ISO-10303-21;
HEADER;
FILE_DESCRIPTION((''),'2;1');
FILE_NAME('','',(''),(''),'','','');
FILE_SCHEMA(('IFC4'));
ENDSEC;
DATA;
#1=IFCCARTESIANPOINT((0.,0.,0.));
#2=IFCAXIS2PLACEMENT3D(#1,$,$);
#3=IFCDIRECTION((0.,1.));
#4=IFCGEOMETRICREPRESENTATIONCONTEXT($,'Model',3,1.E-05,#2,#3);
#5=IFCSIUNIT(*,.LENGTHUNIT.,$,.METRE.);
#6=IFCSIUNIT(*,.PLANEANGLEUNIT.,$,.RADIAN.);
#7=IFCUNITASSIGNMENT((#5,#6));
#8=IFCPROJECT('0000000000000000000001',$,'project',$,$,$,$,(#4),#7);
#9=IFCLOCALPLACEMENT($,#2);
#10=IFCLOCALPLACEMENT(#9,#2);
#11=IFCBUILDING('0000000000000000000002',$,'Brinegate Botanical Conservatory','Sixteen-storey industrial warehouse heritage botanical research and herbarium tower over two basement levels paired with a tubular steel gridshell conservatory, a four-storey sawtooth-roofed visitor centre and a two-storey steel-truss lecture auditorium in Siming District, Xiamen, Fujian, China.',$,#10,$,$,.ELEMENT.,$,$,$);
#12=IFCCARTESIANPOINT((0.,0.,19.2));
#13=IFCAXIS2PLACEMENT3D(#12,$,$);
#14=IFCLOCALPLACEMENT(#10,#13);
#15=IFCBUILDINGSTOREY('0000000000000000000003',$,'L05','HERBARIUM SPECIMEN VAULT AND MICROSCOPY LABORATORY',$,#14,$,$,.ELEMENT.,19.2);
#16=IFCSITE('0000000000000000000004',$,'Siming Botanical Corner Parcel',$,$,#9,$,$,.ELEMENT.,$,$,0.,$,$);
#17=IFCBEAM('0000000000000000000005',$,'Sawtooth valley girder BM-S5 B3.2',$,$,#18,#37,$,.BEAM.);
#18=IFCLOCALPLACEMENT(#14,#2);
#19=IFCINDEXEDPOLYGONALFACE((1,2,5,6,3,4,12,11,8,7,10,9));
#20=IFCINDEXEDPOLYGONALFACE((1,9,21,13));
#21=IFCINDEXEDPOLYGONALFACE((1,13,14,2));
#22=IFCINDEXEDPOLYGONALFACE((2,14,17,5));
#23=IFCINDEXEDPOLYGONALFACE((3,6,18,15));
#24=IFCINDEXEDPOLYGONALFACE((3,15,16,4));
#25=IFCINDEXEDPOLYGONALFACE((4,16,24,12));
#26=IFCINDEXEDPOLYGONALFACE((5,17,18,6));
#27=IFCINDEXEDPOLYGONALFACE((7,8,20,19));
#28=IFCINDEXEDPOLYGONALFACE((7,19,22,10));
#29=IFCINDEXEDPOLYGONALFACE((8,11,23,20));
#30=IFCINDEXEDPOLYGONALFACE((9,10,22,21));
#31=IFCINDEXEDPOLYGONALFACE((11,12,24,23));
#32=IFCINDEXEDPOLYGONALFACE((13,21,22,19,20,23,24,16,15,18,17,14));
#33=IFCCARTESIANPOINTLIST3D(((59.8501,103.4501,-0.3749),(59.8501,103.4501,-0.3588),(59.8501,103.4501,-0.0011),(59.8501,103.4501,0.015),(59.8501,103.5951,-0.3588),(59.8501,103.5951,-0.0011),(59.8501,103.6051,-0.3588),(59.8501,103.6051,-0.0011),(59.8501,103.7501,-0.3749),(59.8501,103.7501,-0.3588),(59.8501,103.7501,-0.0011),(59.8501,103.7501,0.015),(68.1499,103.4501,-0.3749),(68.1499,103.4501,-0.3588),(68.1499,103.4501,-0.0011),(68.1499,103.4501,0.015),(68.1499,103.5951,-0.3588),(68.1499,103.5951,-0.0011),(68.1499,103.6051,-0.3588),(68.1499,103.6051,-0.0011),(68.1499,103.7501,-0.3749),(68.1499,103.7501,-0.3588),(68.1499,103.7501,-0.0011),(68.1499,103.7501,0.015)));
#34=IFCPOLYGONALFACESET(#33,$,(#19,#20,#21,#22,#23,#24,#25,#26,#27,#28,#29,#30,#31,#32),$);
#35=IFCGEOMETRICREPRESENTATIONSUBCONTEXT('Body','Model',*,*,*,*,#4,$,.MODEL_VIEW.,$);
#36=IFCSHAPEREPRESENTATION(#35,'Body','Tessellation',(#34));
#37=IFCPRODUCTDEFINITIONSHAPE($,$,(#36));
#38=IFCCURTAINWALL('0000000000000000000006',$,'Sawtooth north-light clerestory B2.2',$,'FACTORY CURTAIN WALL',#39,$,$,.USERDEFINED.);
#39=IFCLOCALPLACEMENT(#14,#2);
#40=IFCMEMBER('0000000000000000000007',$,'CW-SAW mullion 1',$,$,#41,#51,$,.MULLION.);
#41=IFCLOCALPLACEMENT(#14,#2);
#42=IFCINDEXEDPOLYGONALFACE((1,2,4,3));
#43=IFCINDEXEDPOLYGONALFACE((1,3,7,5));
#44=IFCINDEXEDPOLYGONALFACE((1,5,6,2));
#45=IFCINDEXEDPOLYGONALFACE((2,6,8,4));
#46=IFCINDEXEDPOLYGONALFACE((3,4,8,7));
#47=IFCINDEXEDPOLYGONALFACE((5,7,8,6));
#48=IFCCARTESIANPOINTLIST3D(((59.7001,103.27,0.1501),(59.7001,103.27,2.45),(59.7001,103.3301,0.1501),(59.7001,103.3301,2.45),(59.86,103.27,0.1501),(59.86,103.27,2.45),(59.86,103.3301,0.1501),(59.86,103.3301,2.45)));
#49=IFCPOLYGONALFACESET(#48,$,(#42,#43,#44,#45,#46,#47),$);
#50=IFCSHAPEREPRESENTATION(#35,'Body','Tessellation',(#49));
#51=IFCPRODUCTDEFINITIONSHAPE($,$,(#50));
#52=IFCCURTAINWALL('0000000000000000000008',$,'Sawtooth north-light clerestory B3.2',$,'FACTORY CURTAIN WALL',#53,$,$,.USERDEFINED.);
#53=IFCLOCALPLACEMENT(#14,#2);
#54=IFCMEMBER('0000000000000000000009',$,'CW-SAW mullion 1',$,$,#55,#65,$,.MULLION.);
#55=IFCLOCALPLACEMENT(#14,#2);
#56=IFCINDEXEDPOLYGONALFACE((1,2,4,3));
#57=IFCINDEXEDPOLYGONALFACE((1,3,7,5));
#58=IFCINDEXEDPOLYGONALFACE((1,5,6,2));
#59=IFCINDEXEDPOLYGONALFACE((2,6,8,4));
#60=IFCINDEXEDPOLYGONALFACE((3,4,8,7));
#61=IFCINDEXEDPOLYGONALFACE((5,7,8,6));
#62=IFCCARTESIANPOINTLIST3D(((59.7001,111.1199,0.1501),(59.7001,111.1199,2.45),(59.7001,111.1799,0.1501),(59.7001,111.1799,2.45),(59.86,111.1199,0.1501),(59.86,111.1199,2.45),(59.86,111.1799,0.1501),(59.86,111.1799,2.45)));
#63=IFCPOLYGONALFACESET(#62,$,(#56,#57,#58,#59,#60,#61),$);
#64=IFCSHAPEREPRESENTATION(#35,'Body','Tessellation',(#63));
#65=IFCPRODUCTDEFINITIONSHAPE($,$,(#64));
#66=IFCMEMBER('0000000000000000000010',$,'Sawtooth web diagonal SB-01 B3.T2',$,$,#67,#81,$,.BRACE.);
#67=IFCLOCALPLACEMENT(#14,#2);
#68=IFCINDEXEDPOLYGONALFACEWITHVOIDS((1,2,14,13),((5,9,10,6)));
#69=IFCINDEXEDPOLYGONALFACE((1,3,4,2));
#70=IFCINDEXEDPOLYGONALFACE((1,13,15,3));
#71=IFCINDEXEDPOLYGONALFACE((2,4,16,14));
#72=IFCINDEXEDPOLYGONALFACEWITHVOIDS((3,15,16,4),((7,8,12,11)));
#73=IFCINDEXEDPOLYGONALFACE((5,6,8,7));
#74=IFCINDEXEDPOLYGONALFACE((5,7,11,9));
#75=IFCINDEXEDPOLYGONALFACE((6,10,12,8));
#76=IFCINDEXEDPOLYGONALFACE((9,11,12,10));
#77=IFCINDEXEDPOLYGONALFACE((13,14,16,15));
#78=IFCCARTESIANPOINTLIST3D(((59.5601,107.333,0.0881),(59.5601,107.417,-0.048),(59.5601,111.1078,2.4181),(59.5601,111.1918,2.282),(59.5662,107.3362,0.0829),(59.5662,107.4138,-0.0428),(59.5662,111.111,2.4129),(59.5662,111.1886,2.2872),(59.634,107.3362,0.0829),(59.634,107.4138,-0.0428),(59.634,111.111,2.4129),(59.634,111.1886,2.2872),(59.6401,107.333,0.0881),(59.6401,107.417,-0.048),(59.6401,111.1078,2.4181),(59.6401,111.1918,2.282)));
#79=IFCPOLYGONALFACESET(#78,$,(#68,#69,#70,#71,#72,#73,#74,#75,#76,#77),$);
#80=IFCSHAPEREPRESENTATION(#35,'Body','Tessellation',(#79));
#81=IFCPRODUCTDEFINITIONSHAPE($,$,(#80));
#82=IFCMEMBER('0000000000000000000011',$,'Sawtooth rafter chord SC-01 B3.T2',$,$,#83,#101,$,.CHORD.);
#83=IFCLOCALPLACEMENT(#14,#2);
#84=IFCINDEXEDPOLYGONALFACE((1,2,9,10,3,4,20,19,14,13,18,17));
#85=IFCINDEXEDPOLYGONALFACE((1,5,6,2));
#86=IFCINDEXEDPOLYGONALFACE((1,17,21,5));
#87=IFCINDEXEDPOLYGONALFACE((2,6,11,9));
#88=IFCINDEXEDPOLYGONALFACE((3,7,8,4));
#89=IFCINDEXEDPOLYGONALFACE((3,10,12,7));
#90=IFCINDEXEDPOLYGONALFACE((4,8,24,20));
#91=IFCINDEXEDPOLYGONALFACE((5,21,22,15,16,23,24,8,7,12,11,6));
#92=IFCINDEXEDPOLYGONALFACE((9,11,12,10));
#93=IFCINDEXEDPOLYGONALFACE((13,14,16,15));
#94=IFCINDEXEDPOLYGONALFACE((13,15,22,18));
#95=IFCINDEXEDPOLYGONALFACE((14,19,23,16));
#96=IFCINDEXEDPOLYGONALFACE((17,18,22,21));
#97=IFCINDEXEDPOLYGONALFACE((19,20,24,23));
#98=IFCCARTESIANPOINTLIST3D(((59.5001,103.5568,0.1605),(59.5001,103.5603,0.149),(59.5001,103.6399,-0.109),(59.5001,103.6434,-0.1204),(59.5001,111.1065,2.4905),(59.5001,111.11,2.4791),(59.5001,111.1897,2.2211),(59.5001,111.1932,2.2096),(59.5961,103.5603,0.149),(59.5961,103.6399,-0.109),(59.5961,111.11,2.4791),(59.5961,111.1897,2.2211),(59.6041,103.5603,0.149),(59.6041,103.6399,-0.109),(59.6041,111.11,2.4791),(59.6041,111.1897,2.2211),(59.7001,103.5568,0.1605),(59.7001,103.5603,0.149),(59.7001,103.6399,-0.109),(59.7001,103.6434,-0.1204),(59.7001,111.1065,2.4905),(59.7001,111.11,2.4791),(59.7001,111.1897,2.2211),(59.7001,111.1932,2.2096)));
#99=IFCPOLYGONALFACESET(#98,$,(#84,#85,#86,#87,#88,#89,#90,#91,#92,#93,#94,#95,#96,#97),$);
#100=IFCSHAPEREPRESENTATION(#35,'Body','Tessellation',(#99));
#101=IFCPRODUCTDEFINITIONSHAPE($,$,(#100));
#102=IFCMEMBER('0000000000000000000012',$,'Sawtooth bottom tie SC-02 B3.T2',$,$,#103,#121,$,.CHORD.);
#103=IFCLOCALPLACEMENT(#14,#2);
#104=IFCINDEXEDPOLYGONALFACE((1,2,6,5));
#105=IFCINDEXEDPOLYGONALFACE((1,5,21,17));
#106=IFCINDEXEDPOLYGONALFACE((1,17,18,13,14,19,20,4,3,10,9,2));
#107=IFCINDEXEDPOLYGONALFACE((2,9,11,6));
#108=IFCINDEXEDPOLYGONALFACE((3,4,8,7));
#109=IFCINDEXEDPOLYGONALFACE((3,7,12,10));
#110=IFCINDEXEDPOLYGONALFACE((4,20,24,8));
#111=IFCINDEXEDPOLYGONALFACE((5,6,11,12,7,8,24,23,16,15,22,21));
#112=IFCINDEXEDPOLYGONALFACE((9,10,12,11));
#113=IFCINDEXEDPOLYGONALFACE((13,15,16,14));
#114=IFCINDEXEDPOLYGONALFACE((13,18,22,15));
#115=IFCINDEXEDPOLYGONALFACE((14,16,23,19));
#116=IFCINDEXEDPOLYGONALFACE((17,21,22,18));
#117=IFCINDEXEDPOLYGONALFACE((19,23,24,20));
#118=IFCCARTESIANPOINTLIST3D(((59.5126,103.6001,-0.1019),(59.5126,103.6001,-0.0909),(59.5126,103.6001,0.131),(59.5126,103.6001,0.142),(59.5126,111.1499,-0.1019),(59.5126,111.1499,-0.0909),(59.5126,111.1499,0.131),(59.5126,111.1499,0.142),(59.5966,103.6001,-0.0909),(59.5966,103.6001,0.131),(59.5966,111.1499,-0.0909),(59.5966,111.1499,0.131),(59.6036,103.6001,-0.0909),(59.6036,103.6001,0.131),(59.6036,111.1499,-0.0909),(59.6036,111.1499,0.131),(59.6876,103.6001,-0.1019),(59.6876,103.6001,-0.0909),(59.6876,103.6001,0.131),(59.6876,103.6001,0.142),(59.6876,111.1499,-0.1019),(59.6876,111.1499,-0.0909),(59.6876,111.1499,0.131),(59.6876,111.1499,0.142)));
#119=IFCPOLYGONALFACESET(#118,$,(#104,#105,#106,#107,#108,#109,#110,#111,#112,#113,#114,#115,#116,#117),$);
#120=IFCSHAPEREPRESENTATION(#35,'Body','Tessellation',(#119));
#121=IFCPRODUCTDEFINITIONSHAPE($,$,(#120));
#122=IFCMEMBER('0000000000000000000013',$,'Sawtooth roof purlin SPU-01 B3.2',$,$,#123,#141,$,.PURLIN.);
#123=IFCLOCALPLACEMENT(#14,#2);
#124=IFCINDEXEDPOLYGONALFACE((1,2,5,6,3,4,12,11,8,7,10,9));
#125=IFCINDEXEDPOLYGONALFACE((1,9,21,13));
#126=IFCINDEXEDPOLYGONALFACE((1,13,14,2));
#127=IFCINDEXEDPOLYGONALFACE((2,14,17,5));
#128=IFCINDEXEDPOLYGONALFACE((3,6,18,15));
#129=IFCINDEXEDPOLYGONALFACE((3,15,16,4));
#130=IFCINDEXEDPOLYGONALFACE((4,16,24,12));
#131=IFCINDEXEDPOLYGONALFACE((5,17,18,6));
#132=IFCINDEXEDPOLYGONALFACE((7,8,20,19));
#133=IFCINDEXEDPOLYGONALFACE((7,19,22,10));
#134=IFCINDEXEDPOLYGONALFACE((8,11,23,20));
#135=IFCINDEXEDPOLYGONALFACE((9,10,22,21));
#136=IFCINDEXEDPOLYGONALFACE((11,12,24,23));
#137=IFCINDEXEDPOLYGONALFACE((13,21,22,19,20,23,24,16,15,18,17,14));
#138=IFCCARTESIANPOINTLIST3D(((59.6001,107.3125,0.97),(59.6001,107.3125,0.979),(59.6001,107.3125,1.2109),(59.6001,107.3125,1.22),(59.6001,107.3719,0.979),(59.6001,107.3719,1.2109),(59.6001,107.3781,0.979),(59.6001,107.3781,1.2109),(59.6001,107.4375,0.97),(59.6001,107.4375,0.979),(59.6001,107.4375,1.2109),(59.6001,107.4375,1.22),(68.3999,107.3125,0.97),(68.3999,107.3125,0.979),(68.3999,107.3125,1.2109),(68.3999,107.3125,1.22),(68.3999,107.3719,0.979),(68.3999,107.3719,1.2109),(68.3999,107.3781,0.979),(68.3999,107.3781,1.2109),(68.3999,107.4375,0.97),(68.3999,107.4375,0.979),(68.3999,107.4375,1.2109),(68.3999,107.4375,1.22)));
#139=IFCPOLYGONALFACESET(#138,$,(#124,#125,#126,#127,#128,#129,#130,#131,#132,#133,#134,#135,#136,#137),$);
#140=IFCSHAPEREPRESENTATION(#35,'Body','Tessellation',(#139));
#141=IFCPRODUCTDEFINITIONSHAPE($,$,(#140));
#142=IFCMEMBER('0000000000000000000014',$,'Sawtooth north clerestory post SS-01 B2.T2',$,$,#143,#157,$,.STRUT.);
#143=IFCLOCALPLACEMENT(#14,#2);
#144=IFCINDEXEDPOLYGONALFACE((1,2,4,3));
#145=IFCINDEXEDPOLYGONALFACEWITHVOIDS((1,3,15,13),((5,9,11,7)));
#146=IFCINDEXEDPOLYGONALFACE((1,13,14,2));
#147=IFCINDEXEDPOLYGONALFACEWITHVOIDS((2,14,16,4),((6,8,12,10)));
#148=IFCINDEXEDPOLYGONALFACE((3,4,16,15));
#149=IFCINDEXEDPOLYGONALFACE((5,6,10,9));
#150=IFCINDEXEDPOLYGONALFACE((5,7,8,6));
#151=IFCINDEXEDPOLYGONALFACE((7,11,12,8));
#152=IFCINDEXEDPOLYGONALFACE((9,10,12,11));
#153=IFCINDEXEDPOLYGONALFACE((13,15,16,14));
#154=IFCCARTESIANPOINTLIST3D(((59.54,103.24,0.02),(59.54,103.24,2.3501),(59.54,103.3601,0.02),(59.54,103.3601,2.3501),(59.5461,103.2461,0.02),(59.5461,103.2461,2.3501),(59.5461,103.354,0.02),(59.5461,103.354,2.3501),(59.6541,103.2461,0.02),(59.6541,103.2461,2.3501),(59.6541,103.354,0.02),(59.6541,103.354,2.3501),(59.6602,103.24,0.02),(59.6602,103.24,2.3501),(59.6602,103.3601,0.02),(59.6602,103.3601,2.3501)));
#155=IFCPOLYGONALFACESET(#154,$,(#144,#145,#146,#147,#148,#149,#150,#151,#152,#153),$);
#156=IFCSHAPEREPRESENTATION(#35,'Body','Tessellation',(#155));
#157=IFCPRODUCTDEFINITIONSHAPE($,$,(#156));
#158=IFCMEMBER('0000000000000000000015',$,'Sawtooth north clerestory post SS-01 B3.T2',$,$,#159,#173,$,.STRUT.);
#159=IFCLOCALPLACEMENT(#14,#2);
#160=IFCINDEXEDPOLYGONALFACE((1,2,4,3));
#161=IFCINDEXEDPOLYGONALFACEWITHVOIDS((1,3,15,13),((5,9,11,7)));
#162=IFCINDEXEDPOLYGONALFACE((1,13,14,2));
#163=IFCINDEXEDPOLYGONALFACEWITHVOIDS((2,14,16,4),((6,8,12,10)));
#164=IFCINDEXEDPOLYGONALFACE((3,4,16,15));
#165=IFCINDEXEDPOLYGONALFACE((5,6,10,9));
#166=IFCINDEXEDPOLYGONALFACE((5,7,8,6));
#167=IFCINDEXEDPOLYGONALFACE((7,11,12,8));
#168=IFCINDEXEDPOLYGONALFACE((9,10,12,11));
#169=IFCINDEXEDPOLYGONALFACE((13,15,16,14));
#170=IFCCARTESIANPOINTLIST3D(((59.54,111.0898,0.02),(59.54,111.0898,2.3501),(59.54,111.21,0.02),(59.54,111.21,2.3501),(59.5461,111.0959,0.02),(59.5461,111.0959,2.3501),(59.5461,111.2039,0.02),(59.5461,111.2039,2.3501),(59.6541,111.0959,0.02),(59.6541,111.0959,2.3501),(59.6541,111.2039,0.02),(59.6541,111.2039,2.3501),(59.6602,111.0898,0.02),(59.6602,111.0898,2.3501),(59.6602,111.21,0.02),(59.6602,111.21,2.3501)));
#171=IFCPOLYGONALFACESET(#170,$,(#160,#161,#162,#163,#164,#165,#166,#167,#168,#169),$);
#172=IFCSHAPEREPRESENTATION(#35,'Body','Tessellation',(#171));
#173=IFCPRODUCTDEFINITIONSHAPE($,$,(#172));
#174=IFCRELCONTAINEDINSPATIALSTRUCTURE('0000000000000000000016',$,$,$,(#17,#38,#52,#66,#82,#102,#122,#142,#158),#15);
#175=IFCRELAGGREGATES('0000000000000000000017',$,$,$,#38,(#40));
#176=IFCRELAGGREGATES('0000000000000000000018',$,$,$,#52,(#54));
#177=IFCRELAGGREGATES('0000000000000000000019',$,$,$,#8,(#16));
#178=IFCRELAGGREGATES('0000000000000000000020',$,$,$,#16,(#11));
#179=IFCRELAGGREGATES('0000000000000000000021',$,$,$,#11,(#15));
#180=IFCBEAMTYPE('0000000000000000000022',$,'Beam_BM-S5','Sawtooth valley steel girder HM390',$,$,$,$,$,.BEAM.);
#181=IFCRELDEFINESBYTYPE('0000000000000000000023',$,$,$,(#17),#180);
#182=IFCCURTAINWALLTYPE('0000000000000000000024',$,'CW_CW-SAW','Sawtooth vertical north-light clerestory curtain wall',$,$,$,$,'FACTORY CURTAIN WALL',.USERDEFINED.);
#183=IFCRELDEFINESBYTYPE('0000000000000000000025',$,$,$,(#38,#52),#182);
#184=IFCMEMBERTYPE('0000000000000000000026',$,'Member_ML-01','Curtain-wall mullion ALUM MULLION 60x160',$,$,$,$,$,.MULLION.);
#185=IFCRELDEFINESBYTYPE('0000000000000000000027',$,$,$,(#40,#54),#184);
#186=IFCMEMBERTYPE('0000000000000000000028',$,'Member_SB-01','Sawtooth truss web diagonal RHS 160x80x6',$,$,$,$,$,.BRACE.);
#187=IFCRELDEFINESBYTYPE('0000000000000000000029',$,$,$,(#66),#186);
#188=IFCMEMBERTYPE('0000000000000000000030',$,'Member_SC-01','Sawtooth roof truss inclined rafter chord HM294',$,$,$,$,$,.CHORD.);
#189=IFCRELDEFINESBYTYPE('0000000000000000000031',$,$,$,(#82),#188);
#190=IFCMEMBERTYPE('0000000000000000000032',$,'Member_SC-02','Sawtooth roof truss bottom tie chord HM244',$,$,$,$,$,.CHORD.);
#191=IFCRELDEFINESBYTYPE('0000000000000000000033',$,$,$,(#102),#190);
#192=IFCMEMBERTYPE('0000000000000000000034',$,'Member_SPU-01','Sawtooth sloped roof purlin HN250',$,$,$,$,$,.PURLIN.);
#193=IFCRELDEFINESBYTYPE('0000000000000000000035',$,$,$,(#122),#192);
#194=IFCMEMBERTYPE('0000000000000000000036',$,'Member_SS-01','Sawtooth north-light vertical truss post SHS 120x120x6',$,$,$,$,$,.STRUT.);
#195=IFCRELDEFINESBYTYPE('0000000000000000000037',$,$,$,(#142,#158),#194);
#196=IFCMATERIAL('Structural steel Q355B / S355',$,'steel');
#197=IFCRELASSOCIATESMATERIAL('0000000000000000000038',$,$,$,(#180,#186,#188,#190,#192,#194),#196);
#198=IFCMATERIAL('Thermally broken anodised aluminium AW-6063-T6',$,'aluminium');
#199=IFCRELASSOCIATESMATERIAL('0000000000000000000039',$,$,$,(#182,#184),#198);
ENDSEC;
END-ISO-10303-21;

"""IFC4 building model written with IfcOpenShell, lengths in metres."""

from ifc_helpers import new_model, si_unit, direction, frame, origin, origin_2d, place, context, subcontext, project, spatial, rectangle, hollow_rectangle, i_section, extrude, material, material_profile, profile_set, type_object, element, aggregate, save


model = new_model("IFC4")

# Units and contexts
model_context = context("Model", 3, precision=1e-05, world=origin(), true_north=direction((0.0, 1.0)))
body_context = subcontext(model_context, "Body", "Model", "MODEL_VIEW")
ifc_project = project(units=[si_unit("LENGTHUNIT", "METRE"), si_unit("PLANEANGLEUNIT", "RADIAN")], contexts=[model_context])

# Site, building, storey
site_placement = place(None, origin())
site = spatial("IfcSite", under=ifc_project, at=site_placement, Name="Siming Botanical Corner Parcel", CompositionType="ELEMENT", RefElevation=0.0)
building_placement = place(site_placement, origin())
building = spatial("IfcBuilding", under=site, at=building_placement, Name="Brinegate Botanical Conservatory", Description="Sixteen-storey industrial warehouse heritage botanical research and herbarium tower over two basement levels paired with a tubular steel gridshell conservatory, a four-storey sawtooth-roofed visitor centre and a two-storey steel-truss lecture auditorium in Siming District, Xiamen, Fujian, China.", CompositionType="ELEMENT")
storey_placement = place(building_placement, frame((0.0, 0.0, 19.2)))
storey = spatial("IfcBuildingStorey", under=building, at=storey_placement, Name="L05", Description="HERBARIUM SPECIMEN VAULT AND MICROSCOPY LABORATORY", CompositionType="ELEMENT", Elevation=19.2)

# Beam
ifc_material_1 = material(Name="Structural steel Q355B / S355", Category="steel")
ifc_material_profile_1 = material_profile(ifc_material_1, i_section(OverallWidth=0.3, OverallDepth=0.3899, WebThickness=0.01, FlangeThickness=0.0161, at=origin_2d()), Name="HM 390x300x10x16")
ifc_profile_set_1 = profile_set([ifc_material_profile_1], Name="Structural steel Q355B / S355")
beam_type = type_object("IfcBeamType", Name="Beam_BM-S5", Description="Sawtooth valley steel girder HM390", PredefinedType="BEAM", material=ifc_profile_set_1)
beam_placement = place(storey_placement, frame((59.8501, 103.6001, -0.1799), z_axis=(1.0, 0.0, 0.0), x_axis=(0.0, 1.0, 0.0)))
element("IfcBeam", 1, at=beam_placement, inside=storey, type_object=beam_type, Name="Sawtooth valley girder BM-S5 B3.2", PredefinedType="BEAM", context=body_context, shape_type="SweptSolid", body=[
    extrude(i_section(OverallWidth=0.3, OverallDepth=0.3899, WebThickness=0.01, FlangeThickness=0.0161, at=origin_2d()), origin(), (0.0, 0.0, 1.0), 8.2998),
])

# Curtain walls, members
ifc_material_2 = material(Name="Thermally broken anodised aluminium AW-6063-T6", Category="aluminium")
curtain_wall_type = type_object("IfcCurtainWallType", Name="CW_CW-SAW", Description="Sawtooth vertical north-light clerestory curtain wall", ElementType="FACTORY CURTAIN WALL", PredefinedType="USERDEFINED", material=ifc_material_2)
curtain_wall_1_placement = place(storey_placement, origin())
curtain_wall_1 = element("IfcCurtainWall", 2, at=curtain_wall_1_placement, inside=storey, type_object=curtain_wall_type, Name="Sawtooth north-light clerestory B2.2", ObjectType="FACTORY CURTAIN WALL", PredefinedType="USERDEFINED")
ifc_material_profile_2 = material_profile(ifc_material_2, rectangle(XDim=0.0601, YDim=0.1599, at=origin_2d()), Name="ALUM MULLION 60x160")
ifc_profile_set_2 = profile_set([ifc_material_profile_2], Name="Thermally broken anodised aluminium AW-6063-T6")
member_type_1 = type_object("IfcMemberType", Name="Member_ML-01", Description="Curtain-wall mullion ALUM MULLION 60x160", PredefinedType="MULLION", material=ifc_profile_set_2)
member_1_placement = place(storey_placement, frame((59.78, 103.3, 0.1501), z_axis=(0.0, 0.0, 1.0), x_axis=(0.0, 1.0, 0.0)))
member_1 = element("IfcMember", 3, at=member_1_placement, type_object=member_type_1, Name="CW-SAW mullion 1", PredefinedType="MULLION", context=body_context, shape_type="SweptSolid", body=[
    extrude(rectangle(XDim=0.0601, YDim=0.1599, at=origin_2d()), origin(), (0.0, 0.0, 1.0), 2.2998),
])
curtain_wall_2_placement = place(storey_placement, origin())
curtain_wall_2 = element("IfcCurtainWall", 4, at=curtain_wall_2_placement, inside=storey, type_object=curtain_wall_type, Name="Sawtooth north-light clerestory B3.2", ObjectType="FACTORY CURTAIN WALL", PredefinedType="USERDEFINED")
member_2_placement = place(storey_placement, frame((59.78, 111.1499, 0.1501), z_axis=(0.0, 0.0, 1.0), x_axis=(0.0, 1.0, 0.0)))
member_2 = element("IfcMember", 5, at=member_2_placement, type_object=member_type_1, Name="CW-SAW mullion 1", PredefinedType="MULLION", context=body_context, shape_type="SweptSolid", body=[
    extrude(rectangle(XDim=0.0601, YDim=0.1599, at=origin_2d()), origin(), (0.0, 0.0, 1.0), 2.2998),
])

# Members
ifc_material_profile_3 = material_profile(ifc_material_1, hollow_rectangle(XDim=0.0801, YDim=0.1599, WallThickness=0.0061, at=origin_2d()), Name="RHS 160x80x6")
ifc_profile_set_3 = profile_set([ifc_material_profile_3], Name="Structural steel Q355B / S355")
member_type_2 = type_object("IfcMemberType", Name="Member_SB-01", Description="Sawtooth truss web diagonal RHS 160x80x6", PredefinedType="BRACE", material=ifc_profile_set_3)
member_3_placement = place(storey_placement, frame((59.6001, 107.375, 0.02), z_axis=(0.0, 0.850947, 0.525251), x_axis=(-1.0, 0.0, 0.0)))
element("IfcMember", 6, at=member_3_placement, inside=storey, type_object=member_type_2, Name="Sawtooth web diagonal SB-01 B3.T2", PredefinedType="BRACE", context=body_context, shape_type="SweptSolid", body=[
    extrude(hollow_rectangle(XDim=0.0801, YDim=0.1599, WallThickness=0.0061, at=origin_2d()), origin(), (0.0, 0.0, 1.0), 4.436),
])
ifc_material_profile_4 = material_profile(ifc_material_1, i_section(OverallWidth=0.2, OverallDepth=0.2939, WebThickness=0.0081, FlangeThickness=0.012, at=origin_2d()), Name="HM 294x200x8x12")
ifc_profile_set_4 = profile_set([ifc_material_profile_4], Name="Structural steel Q355B / S355")
member_type_3 = type_object("IfcMemberType", Name="Member_SC-01", Description="Sawtooth roof truss inclined rafter chord HM294", PredefinedType="CHORD", material=ifc_profile_set_4)
member_4_placement = place(storey_placement, frame((59.6001, 103.6001, 0.02), z_axis=(0.0, 0.955527, 0.294902), x_axis=(-1.0, 0.0, 0.0)))
element("IfcMember", 7, at=member_4_placement, inside=storey, type_object=member_type_3, Name="Sawtooth rafter chord SC-01 B3.T2", PredefinedType="CHORD", context=body_context, shape_type="SweptSolid", body=[
    extrude(i_section(OverallWidth=0.2, OverallDepth=0.2939, WebThickness=0.0081, FlangeThickness=0.012, at=origin_2d()), origin(), (0.0, 0.0, 1.0), 7.9011),
])
ifc_material_profile_5 = material_profile(ifc_material_1, i_section(OverallWidth=0.175, OverallDepth=0.2439, WebThickness=0.0071, FlangeThickness=0.011, at=origin_2d()), Name="HM 244x175x7x11")
ifc_profile_set_5 = profile_set([ifc_material_profile_5], Name="Structural steel Q355B / S355")
member_type_4 = type_object("IfcMemberType", Name="Member_SC-02", Description="Sawtooth roof truss bottom tie chord HM244", PredefinedType="CHORD", material=ifc_profile_set_5)
member_5_placement = place(storey_placement, frame((59.6001, 103.6001, 0.02), z_axis=(0.0, 1.0, 0.0), x_axis=(-1.0, 0.0, 0.0)))
element("IfcMember", 8, at=member_5_placement, inside=storey, type_object=member_type_4, Name="Sawtooth bottom tie SC-02 B3.T2", PredefinedType="CHORD", context=body_context, shape_type="SweptSolid", body=[
    extrude(i_section(OverallWidth=0.175, OverallDepth=0.2439, WebThickness=0.0071, FlangeThickness=0.011, at=origin_2d()), origin(), (0.0, 0.0, 1.0), 7.5498),
])
ifc_material_profile_6 = material_profile(ifc_material_1, i_section(OverallWidth=0.125, OverallDepth=0.25, WebThickness=0.0061, FlangeThickness=0.009, at=origin_2d()), Name="HN 250x125x6x9")
ifc_profile_set_6 = profile_set([ifc_material_profile_6], Name="Structural steel Q355B / S355")
member_type_5 = type_object("IfcMemberType", Name="Member_SPU-01", Description="Sawtooth sloped roof purlin HN250", PredefinedType="PURLIN", material=ifc_profile_set_6)
member_6_placement = place(storey_placement, frame((59.6001, 107.375, 1.095), z_axis=(1.0, 0.0, 0.0), x_axis=(0.0, 1.0, 0.0)))
element("IfcMember", 9, at=member_6_placement, inside=storey, type_object=member_type_5, Name="Sawtooth roof purlin SPU-01 B3.2", PredefinedType="PURLIN", context=body_context, shape_type="SweptSolid", body=[
    extrude(i_section(OverallWidth=0.125, OverallDepth=0.25, WebThickness=0.0061, FlangeThickness=0.009, at=origin_2d()), origin(), (0.0, 0.0, 1.0), 8.7998),
])
ifc_material_profile_7 = material_profile(ifc_material_1, hollow_rectangle(XDim=0.1201, YDim=0.1201, WallThickness=0.0061, at=origin_2d()), Name="SHS 120x120x6")
ifc_profile_set_7 = profile_set([ifc_material_profile_7], Name="Structural steel Q355B / S355")
member_type_6 = type_object("IfcMemberType", Name="Member_SS-01", Description="Sawtooth north-light vertical truss post SHS 120x120x6", PredefinedType="STRUT", material=ifc_profile_set_7)
for number, where, z_axis, x_axis, name in (
    (10, (59.6001, 103.3, 0.02), (0.0, 0.0, 1.0), (1.0, 0.0, 0.0), "Sawtooth north clerestory post SS-01 B2.T2"),
    (11, (59.6001, 111.1499, 0.02), (0.0, 0.0, 1.0), (1.0, 0.0, 0.0), "Sawtooth north clerestory post SS-01 B3.T2"),
):
    element("IfcMember", number, at=place(storey_placement, frame(where, z_axis=z_axis, x_axis=x_axis)), inside=storey, type_object=member_type_6, Name=name, PredefinedType="STRUT", context=body_context, shape_type="SweptSolid", body=[
        extrude(hollow_rectangle(XDim=0.1201, YDim=0.1201, WallThickness=0.0061, at=origin_2d()), origin(), (0.0, 0.0, 1.0), 2.3301),
    ])

aggregate(curtain_wall_1, [member_1])
aggregate(curtain_wall_2, [member_2])

save(model, "model.ifc")
